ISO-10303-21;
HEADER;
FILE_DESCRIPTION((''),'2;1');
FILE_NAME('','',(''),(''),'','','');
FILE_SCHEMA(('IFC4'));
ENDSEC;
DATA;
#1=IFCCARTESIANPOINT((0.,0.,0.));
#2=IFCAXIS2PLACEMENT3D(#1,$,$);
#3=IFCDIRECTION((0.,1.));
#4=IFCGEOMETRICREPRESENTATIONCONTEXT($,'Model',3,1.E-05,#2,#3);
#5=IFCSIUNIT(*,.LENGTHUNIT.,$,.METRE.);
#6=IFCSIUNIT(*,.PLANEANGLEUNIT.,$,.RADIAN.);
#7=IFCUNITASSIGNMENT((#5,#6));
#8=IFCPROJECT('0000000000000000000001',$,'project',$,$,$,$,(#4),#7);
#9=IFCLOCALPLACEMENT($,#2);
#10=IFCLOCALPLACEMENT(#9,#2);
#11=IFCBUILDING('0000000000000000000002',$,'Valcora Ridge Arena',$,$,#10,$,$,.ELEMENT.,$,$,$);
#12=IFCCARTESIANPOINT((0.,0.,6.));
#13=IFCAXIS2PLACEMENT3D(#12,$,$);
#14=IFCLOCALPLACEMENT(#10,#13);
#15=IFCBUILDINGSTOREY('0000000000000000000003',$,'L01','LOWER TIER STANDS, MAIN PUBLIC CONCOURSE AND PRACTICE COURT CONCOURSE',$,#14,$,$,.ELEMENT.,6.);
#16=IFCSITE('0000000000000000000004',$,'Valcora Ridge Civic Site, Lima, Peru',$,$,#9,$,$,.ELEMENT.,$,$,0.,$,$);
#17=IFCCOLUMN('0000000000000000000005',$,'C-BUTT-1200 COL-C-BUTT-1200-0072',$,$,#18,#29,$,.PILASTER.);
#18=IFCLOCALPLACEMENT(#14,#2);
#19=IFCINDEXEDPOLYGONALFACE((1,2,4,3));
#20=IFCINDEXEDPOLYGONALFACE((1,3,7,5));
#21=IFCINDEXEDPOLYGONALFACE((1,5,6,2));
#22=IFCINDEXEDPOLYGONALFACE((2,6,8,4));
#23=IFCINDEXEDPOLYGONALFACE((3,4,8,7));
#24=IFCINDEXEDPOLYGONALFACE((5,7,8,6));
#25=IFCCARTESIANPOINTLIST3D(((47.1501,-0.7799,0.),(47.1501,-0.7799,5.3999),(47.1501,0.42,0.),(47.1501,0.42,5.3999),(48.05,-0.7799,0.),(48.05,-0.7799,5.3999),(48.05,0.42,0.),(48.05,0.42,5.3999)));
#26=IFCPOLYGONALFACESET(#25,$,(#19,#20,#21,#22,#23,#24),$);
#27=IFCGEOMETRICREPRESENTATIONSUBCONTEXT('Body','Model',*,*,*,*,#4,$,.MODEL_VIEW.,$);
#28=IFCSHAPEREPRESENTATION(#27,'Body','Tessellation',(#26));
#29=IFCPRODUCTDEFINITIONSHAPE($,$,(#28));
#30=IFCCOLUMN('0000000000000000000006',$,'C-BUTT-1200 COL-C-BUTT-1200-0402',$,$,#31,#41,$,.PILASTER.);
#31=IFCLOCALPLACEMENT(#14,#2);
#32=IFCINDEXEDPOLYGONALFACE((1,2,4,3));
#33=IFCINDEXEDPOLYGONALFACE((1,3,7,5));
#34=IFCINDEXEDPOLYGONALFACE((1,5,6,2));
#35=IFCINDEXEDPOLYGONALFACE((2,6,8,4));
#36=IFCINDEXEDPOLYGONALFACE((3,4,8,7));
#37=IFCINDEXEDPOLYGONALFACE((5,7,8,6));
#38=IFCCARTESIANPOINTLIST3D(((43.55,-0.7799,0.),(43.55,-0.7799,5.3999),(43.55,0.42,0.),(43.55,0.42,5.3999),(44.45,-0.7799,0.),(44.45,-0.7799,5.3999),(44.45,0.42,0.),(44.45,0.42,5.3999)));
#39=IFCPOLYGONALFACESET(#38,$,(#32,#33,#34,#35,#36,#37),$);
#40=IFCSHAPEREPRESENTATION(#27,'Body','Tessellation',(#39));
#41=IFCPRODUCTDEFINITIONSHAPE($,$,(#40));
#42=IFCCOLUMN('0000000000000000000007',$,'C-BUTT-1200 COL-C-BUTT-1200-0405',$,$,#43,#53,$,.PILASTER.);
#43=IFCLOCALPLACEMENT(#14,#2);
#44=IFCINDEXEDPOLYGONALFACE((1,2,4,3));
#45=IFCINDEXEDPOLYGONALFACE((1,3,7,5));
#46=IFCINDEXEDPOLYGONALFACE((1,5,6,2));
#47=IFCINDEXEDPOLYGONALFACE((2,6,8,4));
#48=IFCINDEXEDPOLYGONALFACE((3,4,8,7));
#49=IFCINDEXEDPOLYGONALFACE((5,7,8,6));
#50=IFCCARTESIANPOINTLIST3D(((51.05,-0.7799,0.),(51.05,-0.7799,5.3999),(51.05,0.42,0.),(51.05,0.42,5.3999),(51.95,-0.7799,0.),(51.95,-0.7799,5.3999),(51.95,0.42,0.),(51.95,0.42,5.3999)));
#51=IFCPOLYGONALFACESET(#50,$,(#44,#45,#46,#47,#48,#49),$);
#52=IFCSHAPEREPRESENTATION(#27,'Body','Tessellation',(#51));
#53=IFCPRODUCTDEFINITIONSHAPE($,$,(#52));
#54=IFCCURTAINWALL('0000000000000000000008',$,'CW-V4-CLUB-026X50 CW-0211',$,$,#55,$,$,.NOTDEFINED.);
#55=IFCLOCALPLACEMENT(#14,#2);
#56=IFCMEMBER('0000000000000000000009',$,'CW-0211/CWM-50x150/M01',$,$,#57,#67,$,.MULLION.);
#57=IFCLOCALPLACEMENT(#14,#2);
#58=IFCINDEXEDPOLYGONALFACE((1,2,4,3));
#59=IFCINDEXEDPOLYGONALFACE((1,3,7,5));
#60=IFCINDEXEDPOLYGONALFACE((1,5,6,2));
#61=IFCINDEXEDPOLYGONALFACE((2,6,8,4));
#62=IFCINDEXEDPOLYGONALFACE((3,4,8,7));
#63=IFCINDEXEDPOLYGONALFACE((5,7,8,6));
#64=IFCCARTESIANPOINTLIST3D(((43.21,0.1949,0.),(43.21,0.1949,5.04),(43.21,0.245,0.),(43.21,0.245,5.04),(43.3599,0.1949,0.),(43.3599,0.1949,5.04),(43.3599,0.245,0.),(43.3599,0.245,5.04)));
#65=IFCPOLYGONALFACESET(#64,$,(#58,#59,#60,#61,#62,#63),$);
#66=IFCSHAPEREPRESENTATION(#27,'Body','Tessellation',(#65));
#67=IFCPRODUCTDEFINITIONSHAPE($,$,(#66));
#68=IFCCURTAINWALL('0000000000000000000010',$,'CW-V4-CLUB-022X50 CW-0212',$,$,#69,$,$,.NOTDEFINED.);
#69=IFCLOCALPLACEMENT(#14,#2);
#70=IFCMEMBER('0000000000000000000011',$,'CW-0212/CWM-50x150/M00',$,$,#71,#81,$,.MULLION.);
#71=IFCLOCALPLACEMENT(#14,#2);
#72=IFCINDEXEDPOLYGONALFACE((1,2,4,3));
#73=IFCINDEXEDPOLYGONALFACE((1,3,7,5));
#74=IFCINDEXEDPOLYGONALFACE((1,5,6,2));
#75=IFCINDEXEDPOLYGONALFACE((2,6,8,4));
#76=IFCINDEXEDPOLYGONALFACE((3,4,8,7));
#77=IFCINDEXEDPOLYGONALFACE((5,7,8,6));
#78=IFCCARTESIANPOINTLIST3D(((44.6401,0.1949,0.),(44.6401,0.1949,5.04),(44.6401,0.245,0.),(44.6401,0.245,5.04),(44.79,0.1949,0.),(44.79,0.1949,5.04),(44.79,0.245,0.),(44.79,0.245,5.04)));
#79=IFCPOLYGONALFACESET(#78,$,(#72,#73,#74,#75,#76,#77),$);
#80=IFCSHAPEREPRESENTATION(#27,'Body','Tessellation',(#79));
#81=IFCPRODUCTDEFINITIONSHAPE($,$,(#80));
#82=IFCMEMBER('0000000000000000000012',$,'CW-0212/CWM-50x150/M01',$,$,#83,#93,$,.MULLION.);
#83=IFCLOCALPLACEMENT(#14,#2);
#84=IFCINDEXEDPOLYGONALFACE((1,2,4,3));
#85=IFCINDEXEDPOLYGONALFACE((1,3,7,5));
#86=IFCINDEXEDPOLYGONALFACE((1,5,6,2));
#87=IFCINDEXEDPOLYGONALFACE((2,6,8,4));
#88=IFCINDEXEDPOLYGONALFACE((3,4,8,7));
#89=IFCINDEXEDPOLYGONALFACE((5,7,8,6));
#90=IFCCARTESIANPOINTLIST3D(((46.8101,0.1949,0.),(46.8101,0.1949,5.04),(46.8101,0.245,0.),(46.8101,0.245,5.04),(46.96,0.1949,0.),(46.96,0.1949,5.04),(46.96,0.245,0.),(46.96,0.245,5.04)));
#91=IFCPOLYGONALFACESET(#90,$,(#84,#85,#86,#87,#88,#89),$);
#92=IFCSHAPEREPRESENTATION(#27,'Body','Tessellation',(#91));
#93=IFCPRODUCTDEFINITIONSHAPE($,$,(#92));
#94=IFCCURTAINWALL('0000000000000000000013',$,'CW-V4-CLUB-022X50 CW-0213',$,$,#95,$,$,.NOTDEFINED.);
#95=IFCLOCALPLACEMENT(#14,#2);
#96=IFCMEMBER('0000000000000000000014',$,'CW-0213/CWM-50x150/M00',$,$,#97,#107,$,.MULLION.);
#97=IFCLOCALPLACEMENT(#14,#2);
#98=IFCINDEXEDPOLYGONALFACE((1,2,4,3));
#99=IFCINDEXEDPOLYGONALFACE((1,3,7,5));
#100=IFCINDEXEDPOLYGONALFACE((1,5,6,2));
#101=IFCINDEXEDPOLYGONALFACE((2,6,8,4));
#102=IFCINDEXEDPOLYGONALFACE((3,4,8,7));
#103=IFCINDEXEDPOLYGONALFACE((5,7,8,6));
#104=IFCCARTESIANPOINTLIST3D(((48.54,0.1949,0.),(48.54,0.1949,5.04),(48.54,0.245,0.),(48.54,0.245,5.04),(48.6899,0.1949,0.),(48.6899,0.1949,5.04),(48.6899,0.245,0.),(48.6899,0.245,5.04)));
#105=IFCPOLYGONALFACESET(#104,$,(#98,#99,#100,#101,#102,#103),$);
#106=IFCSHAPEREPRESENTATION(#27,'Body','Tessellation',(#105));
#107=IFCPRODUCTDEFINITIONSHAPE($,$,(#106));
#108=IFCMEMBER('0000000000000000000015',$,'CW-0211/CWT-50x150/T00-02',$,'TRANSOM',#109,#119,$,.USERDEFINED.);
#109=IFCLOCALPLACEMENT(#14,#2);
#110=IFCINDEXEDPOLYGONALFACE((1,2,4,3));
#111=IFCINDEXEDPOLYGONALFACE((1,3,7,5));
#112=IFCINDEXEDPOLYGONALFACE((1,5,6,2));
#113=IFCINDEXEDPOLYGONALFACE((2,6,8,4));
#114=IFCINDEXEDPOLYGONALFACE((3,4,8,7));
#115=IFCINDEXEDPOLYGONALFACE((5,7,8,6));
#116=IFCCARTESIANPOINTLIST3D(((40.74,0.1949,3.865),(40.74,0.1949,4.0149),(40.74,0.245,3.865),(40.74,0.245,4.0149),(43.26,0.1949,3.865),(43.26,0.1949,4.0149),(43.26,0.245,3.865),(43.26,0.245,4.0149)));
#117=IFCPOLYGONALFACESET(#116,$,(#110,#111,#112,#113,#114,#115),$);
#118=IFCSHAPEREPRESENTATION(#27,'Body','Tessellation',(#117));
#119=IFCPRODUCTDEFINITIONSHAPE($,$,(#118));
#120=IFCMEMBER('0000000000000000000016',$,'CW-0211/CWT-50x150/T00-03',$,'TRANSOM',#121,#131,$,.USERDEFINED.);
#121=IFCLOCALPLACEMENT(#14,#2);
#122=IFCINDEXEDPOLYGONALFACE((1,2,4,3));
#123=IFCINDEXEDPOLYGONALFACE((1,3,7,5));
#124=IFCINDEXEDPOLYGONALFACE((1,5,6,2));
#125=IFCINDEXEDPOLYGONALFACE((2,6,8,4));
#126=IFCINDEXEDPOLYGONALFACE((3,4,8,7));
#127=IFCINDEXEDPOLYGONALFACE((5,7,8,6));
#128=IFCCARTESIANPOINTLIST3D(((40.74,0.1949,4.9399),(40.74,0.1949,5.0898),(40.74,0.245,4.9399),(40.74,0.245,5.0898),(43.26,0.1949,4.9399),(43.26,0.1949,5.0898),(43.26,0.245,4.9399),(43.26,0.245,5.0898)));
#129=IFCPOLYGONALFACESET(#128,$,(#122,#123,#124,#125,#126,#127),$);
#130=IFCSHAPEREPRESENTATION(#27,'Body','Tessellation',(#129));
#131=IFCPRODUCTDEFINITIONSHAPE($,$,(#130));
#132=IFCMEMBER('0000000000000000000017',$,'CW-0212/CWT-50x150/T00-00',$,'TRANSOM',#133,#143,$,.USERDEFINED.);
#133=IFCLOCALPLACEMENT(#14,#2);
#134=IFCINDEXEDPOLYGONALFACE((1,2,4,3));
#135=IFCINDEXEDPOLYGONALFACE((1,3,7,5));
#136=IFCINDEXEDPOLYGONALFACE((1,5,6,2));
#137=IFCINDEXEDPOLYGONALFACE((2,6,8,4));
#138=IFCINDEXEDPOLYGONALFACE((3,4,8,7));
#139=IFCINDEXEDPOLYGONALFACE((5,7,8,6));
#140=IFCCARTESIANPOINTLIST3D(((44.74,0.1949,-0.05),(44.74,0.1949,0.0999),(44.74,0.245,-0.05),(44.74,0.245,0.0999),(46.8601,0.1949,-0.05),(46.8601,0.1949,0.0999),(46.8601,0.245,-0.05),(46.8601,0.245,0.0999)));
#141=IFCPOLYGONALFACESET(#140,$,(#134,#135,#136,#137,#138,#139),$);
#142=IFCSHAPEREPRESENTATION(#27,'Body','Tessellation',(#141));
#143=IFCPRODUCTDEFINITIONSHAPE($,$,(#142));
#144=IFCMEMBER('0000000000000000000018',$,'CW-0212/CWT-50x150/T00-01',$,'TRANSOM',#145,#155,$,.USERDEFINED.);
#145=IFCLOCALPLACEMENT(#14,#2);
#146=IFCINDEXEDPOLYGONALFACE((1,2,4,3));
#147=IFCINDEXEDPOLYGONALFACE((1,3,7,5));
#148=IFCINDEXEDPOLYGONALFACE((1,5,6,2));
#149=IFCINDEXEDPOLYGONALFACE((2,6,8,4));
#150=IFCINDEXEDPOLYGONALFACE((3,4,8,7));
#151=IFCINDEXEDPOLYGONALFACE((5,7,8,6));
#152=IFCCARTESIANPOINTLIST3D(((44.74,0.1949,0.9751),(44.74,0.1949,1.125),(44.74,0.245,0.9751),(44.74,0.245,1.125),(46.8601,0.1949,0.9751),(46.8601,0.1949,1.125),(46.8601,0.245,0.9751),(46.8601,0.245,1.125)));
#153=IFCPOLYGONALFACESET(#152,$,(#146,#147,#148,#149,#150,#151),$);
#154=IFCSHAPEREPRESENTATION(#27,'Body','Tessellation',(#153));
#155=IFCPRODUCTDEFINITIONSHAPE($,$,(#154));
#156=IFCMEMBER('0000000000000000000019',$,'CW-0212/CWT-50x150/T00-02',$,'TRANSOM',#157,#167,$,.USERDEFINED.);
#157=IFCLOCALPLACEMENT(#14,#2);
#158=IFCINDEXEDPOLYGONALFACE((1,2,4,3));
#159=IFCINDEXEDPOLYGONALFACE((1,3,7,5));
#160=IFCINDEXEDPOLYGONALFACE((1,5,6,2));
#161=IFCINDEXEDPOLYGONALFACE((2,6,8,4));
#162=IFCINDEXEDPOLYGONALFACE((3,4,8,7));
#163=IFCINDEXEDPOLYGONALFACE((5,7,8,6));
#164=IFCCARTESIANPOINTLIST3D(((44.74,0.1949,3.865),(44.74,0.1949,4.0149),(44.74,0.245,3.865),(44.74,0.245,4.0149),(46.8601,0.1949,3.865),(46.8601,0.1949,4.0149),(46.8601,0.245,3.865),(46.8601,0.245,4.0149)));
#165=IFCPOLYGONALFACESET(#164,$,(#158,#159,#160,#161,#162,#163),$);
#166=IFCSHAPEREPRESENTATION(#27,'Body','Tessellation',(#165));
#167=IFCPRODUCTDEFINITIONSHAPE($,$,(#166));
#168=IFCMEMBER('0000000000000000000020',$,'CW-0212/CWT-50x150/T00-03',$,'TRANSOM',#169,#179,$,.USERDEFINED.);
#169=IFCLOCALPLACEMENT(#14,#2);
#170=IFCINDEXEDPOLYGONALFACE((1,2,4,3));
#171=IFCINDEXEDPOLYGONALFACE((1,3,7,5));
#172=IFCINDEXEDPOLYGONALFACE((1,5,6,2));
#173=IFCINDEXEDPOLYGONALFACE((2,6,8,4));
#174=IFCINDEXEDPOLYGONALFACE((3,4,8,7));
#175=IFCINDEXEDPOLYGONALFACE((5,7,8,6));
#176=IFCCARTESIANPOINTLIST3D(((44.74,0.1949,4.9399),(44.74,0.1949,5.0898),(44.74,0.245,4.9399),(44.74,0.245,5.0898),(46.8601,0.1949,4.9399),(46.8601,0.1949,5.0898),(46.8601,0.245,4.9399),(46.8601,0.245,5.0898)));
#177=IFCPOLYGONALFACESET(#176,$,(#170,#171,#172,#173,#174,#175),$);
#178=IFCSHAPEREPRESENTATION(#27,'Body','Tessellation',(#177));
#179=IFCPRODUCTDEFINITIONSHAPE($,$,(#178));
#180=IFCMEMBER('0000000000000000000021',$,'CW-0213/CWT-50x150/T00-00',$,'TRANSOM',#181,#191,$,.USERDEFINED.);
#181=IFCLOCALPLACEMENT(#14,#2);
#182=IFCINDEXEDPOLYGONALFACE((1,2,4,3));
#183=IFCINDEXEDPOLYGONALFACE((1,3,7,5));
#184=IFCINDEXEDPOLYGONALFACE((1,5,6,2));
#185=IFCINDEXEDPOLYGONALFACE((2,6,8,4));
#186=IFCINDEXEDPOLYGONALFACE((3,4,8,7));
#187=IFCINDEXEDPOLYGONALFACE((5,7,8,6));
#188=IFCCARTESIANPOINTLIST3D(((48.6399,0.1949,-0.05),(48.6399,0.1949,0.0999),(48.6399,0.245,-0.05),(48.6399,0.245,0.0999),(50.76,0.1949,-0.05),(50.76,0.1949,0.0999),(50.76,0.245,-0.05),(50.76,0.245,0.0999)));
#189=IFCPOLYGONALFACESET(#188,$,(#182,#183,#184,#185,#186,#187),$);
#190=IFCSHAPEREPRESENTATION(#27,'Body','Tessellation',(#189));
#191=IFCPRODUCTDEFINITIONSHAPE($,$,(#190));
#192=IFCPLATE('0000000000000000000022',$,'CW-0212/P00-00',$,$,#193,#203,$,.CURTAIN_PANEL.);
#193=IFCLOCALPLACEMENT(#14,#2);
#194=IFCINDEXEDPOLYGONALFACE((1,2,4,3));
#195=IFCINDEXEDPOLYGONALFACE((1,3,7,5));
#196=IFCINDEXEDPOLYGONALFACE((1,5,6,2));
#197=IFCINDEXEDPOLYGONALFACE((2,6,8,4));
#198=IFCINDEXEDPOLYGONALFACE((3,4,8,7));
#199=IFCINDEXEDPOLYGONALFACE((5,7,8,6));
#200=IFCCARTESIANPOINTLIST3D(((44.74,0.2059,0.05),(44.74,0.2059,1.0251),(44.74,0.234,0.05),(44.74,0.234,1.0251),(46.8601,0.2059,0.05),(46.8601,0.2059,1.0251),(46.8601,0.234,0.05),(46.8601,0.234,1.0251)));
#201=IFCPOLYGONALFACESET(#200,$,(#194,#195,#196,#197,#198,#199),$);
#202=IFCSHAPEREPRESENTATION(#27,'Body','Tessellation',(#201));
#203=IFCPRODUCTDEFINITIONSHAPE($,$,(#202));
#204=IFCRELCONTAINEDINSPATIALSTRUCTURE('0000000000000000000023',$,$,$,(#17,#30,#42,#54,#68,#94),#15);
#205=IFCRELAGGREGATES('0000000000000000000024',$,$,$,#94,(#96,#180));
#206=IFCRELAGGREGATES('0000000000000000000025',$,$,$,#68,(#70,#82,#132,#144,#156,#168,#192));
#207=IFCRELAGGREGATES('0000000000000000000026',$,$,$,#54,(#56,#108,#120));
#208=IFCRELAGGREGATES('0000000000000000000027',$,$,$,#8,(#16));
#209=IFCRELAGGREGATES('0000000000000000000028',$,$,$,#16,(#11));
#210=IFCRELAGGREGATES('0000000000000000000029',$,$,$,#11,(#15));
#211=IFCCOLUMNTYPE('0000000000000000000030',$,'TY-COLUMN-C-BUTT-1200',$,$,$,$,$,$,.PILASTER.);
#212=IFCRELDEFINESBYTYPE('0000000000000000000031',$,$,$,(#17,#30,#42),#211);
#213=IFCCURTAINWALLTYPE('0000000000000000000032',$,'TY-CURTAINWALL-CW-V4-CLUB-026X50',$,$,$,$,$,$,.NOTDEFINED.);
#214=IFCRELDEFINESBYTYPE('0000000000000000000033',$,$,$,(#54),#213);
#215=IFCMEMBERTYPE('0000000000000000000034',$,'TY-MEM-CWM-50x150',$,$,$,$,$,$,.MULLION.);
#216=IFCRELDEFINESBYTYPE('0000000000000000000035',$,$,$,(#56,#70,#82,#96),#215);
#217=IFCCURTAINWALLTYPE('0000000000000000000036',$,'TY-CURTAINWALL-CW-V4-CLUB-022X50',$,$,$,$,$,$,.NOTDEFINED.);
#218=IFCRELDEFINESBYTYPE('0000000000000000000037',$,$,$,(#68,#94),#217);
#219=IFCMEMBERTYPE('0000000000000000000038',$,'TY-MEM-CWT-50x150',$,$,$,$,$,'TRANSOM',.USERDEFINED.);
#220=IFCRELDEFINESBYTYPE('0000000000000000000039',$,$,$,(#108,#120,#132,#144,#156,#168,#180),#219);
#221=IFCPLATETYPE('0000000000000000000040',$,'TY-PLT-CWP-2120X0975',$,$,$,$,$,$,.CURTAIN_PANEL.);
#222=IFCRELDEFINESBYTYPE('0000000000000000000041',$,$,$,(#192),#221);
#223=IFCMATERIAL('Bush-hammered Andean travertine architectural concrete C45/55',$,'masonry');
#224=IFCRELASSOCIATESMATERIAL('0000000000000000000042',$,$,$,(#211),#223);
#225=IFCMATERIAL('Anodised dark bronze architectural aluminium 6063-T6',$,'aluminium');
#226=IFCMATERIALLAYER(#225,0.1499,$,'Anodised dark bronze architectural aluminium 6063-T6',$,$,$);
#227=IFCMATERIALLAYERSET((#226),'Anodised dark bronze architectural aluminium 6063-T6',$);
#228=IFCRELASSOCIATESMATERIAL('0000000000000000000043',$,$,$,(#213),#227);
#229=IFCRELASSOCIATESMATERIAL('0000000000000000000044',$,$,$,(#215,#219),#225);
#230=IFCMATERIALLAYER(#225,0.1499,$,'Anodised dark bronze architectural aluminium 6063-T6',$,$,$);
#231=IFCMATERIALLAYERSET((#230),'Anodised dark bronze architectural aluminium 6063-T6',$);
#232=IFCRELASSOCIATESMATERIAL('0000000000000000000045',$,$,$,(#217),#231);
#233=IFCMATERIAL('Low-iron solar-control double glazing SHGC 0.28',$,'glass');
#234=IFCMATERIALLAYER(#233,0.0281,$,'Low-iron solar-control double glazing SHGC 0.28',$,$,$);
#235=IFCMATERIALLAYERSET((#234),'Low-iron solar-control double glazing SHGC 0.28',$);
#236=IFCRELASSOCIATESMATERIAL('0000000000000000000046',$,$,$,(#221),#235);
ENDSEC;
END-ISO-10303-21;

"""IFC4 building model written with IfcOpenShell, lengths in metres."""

from ifc_helpers import new_model, si_unit, direction, frame, origin, origin_2d, place, context, subcontext, project, spatial, rectangle, extrude, material, layer, layer_set, material_profile, profile_set, type_object, element, aggregate, save


model = new_model("IFC4")

# Units and contexts
model_context = context("Model", 3, precision=1e-05, world=origin(), true_north=direction((0.0, 1.0)))
body_context = subcontext(model_context, "Body", "Model", "MODEL_VIEW")
ifc_project = project(units=[si_unit("LENGTHUNIT", "METRE"), si_unit("PLANEANGLEUNIT", "RADIAN")], contexts=[model_context])

# Site, building, storey
site_placement = place(None, origin())
site = spatial("IfcSite", under=ifc_project, at=site_placement, Name="Valcora Ridge Civic Site, Lima, Peru", CompositionType="ELEMENT", RefElevation=0.0)
building_placement = place(site_placement, origin())
building = spatial("IfcBuilding", under=site, at=building_placement, Name="Valcora Ridge Arena", CompositionType="ELEMENT")
storey_placement = place(building_placement, frame((0.0, 0.0, 6.0)))
storey = spatial("IfcBuildingStorey", under=building, at=storey_placement, Name="L01", Description="LOWER TIER STANDS, MAIN PUBLIC CONCOURSE AND PRACTICE COURT CONCOURSE", CompositionType="ELEMENT", Elevation=6.0)

# Columns
ifc_material_1 = material(Name="Bush-hammered Andean travertine architectural concrete C45/55", Category="masonry")
ifc_material_profile_1 = material_profile(ifc_material_1, rectangle(XDim=0.8999, YDim=1.2, at=origin_2d()), Name="RC 900x1200")
ifc_profile_set_1 = profile_set([ifc_material_profile_1], Name="Bush-hammered Andean travertine architectural concrete C45/55")
column_type = type_object("IfcColumnType", Name="TY-COLUMN-C-BUTT-1200", PredefinedType="PILASTER", material=ifc_profile_set_1)
for number, where, z_axis, x_axis, name in (
    (1, (47.6001, -0.1799, 0.0), (0.0, 0.0, 1.0), (1.0, 0.0, 0.0), "C-BUTT-1200 COL-C-BUTT-1200-0072"),
    (2, (44.0, -0.1799, 0.0), (0.0, 0.0, 1.0), (1.0, 0.0, 0.0), "C-BUTT-1200 COL-C-BUTT-1200-0402"),
    (3, (51.5, -0.1799, 0.0), (0.0, 0.0, 1.0), (1.0, 0.0, 0.0), "C-BUTT-1200 COL-C-BUTT-1200-0405"),
):
    element("IfcColumn", number, at=place(storey_placement, frame(where, z_axis=z_axis, x_axis=x_axis)), inside=storey, type_object=column_type, Name=name, PredefinedType="PILASTER", context=body_context, shape_type="SweptSolid", body=[
        extrude(rectangle(XDim=0.8999, YDim=1.2, at=origin_2d()), origin(), (0.0, 0.0, 1.0), 5.3999),
    ])

# Curtain wall, member
ifc_material_2 = material(Name="Anodised dark bronze architectural aluminium 6063-T6", Category="aluminium")
ifc_layer_1 = layer(ifc_material_2, 0.1499, Name="Anodised dark bronze architectural aluminium 6063-T6")
ifc_layer_set_1 = layer_set([ifc_layer_1], Name="Anodised dark bronze architectural aluminium 6063-T6")
curtain_wall_type_1 = type_object("IfcCurtainWallType", Name="TY-CURTAINWALL-CW-V4-CLUB-026X50", PredefinedType="NOTDEFINED", material=ifc_layer_set_1)
curtain_wall_1_placement = place(storey_placement, origin())
curtain_wall_1 = element("IfcCurtainWall", 4, at=curtain_wall_1_placement, inside=storey, type_object=curtain_wall_type_1, Name="CW-V4-CLUB-026X50 CW-0211", PredefinedType="NOTDEFINED")
ifc_material_profile_2 = material_profile(ifc_material_2, rectangle(XDim=0.05, YDim=0.1499, at=origin_2d()), Name="ALU MULLION 50x150")
ifc_profile_set_2 = profile_set([ifc_material_profile_2], Name="Anodised dark bronze architectural aluminium 6063-T6")
member_type_1 = type_object("IfcMemberType", Name="TY-MEM-CWM-50x150", PredefinedType="MULLION", material=ifc_profile_set_2)
member_1_placement = place(storey_placement, frame((43.2849, 0.22, 0.0), z_axis=(0.0, 0.0, 1.0), x_axis=(0.0, 1.0, 0.0)))
member_1 = element("IfcMember", 5, at=member_1_placement, type_object=member_type_1, Name="CW-0211/CWM-50x150/M01", PredefinedType="MULLION", context=body_context, shape_type="SweptSolid", body=[
    extrude(rectangle(XDim=0.05, YDim=0.1499, at=origin_2d()), origin(), (0.0, 0.0, 1.0), 5.04),
])

# Curtain wall, members
ifc_layer_2 = layer(ifc_material_2, 0.1499, Name="Anodised dark bronze architectural aluminium 6063-T6")
ifc_layer_set_2 = layer_set([ifc_layer_2], Name="Anodised dark bronze architectural aluminium 6063-T6")
curtain_wall_type_2 = type_object("IfcCurtainWallType", Name="TY-CURTAINWALL-CW-V4-CLUB-022X50", PredefinedType="NOTDEFINED", material=ifc_layer_set_2)
curtain_wall_2_placement = place(storey_placement, origin())
curtain_wall_2 = element("IfcCurtainWall", 6, at=curtain_wall_2_placement, inside=storey, type_object=curtain_wall_type_2, Name="CW-V4-CLUB-022X50 CW-0212", PredefinedType="NOTDEFINED")
member_2_placement = place(storey_placement, frame((44.7151, 0.22, 0.0), z_axis=(0.0, 0.0, 1.0), x_axis=(0.0, 1.0, 0.0)))
member_2 = element("IfcMember", 7, at=member_2_placement, type_object=member_type_1, Name="CW-0212/CWM-50x150/M00", PredefinedType="MULLION", context=body_context, shape_type="SweptSolid", body=[
    extrude(rectangle(XDim=0.05, YDim=0.1499, at=origin_2d()), origin(), (0.0, 0.0, 1.0), 5.04),
])
member_3_placement = place(storey_placement, frame((46.885, 0.22, 0.0), z_axis=(0.0, 0.0, 1.0), x_axis=(0.0, 1.0, 0.0)))
member_3 = element("IfcMember", 8, at=member_3_placement, type_object=member_type_1, Name="CW-0212/CWM-50x150/M01", PredefinedType="MULLION", context=body_context, shape_type="SweptSolid", body=[
    extrude(rectangle(XDim=0.05, YDim=0.1499, at=origin_2d()), origin(), (0.0, 0.0, 1.0), 5.04),
])

# Curtain wall, member
curtain_wall_3_placement = place(storey_placement, origin())
curtain_wall_3 = element("IfcCurtainWall", 9, at=curtain_wall_3_placement, inside=storey, type_object=curtain_wall_type_2, Name="CW-V4-CLUB-022X50 CW-0213", PredefinedType="NOTDEFINED")
member_4_placement = place(storey_placement, frame((48.615, 0.22, 0.0), z_axis=(0.0, 0.0, 1.0), x_axis=(0.0, 1.0, 0.0)))
member_4 = element("IfcMember", 10, at=member_4_placement, type_object=member_type_1, Name="CW-0213/CWM-50x150/M00", PredefinedType="MULLION", context=body_context, shape_type="SweptSolid", body=[
    extrude(rectangle(XDim=0.05, YDim=0.1499, at=origin_2d()), origin(), (0.0, 0.0, 1.0), 5.04),
])

# Members
ifc_material_profile_3 = material_profile(ifc_material_2, rectangle(XDim=0.05, YDim=0.1499, at=origin_2d()), Name="ALU TRANSOM 50x150")
ifc_profile_set_3 = profile_set([ifc_material_profile_3], Name="Anodised dark bronze architectural aluminium 6063-T6")
member_type_2 = type_object("IfcMemberType", Name="TY-MEM-CWT-50x150", ElementType="TRANSOM", PredefinedType="USERDEFINED", material=ifc_profile_set_3)
member_5_placement = place(storey_placement, frame((40.74, 0.22, 3.9399), z_axis=(1.0, 0.0, 0.0), x_axis=(0.0, 1.0, 0.0)))
member_5 = element("IfcMember", 11, at=member_5_placement, type_object=member_type_2, Name="CW-0211/CWT-50x150/T00-02", ObjectType="TRANSOM", PredefinedType="USERDEFINED", context=body_context, shape_type="SweptSolid", body=[
    extrude(rectangle(XDim=0.05, YDim=0.1499, at=origin_2d()), origin(), (0.0, 0.0, 1.0), 2.52),
])
member_6_placement = place(storey_placement, frame((40.74, 0.22, 5.0149), z_axis=(1.0, 0.0, 0.0), x_axis=(0.0, 1.0, 0.0)))
member_6 = element("IfcMember", 12, at=member_6_placement, type_object=member_type_2, Name="CW-0211/CWT-50x150/T00-03", ObjectType="TRANSOM", PredefinedType="USERDEFINED", context=body_context, shape_type="SweptSolid", body=[
    extrude(rectangle(XDim=0.05, YDim=0.1499, at=origin_2d()), origin(), (0.0, 0.0, 1.0), 2.52),
])
member_7_placement = place(storey_placement, frame((44.74, 0.22, 0.0249), z_axis=(1.0, 0.0, 0.0), x_axis=(0.0, 1.0, 0.0)))
member_7 = element("IfcMember", 13, at=member_7_placement, type_object=member_type_2, Name="CW-0212/CWT-50x150/T00-00", ObjectType="TRANSOM", PredefinedType="USERDEFINED", context=body_context, shape_type="SweptSolid", body=[
    extrude(rectangle(XDim=0.05, YDim=0.1499, at=origin_2d()), origin(), (0.0, 0.0, 1.0), 2.1201),
])
member_8_placement = place(storey_placement, frame((44.74, 0.22, 1.05), z_axis=(1.0, 0.0, 0.0), x_axis=(0.0, 1.0, 0.0)))
member_8 = element("IfcMember", 14, at=member_8_placement, type_object=member_type_2, Name="CW-0212/CWT-50x150/T00-01", ObjectType="TRANSOM", PredefinedType="USERDEFINED", context=body_context, shape_type="SweptSolid", body=[
    extrude(rectangle(XDim=0.05, YDim=0.1499, at=origin_2d()), origin(), (0.0, 0.0, 1.0), 2.1201),
])
member_9_placement = place(storey_placement, frame((44.74, 0.22, 3.9399), z_axis=(1.0, 0.0, 0.0), x_axis=(0.0, 1.0, 0.0)))
member_9 = element("IfcMember", 15, at=member_9_placement, type_object=member_type_2, Name="CW-0212/CWT-50x150/T00-02", ObjectType="TRANSOM", PredefinedType="USERDEFINED", context=body_context, shape_type="SweptSolid", body=[
    extrude(rectangle(XDim=0.05, YDim=0.1499, at=origin_2d()), origin(), (0.0, 0.0, 1.0), 2.1201),
])
member_10_placement = place(storey_placement, frame((44.74, 0.22, 5.0149), z_axis=(1.0, 0.0, 0.0), x_axis=(0.0, 1.0, 0.0)))
member_10 = element("IfcMember", 16, at=member_10_placement, type_object=member_type_2, Name="CW-0212/CWT-50x150/T00-03", ObjectType="TRANSOM", PredefinedType="USERDEFINED", context=body_context, shape_type="SweptSolid", body=[
    extrude(rectangle(XDim=0.05, YDim=0.1499, at=origin_2d()), origin(), (0.0, 0.0, 1.0), 2.1201),
])
member_11_placement = place(storey_placement, frame((48.6399, 0.22, 0.0249), z_axis=(1.0, 0.0, 0.0), x_axis=(0.0, 1.0, 0.0)))
member_11 = element("IfcMember", 17, at=member_11_placement, type_object=member_type_2, Name="CW-0213/CWT-50x150/T00-00", ObjectType="TRANSOM", PredefinedType="USERDEFINED", context=body_context, shape_type="SweptSolid", body=[
    extrude(rectangle(XDim=0.05, YDim=0.1499, at=origin_2d()), origin(), (0.0, 0.0, 1.0), 2.1201),
])
aggregate(curtain_wall_3, [member_4, member_11])

# Plate
ifc_material_3 = material(Name="Low-iron solar-control double glazing SHGC 0.28", Category="glass")
ifc_layer_3 = layer(ifc_material_3, 0.0281, Name="Low-iron solar-control double glazing SHGC 0.28")
ifc_layer_set_3 = layer_set([ifc_layer_3], Name="Low-iron solar-control double glazing SHGC 0.28")
plate_type_1 = type_object("IfcPlateType", Name="TY-PLT-CWP-2120X0975", PredefinedType="CURTAIN_PANEL", material=ifc_layer_set_3)
plate_1_placement = place(storey_placement, frame((45.8, 0.22, 0.05), z_axis=(0.0, 0.0, 1.0), x_axis=(1.0, 0.0, 0.0)))
plate_1 = element("IfcPlate", 18, at=plate_1_placement, type_object=plate_type_1, Name="CW-0212/P00-00", PredefinedType="CURTAIN_PANEL", context=body_context, shape_type="SweptSolid", body=[
    extrude(rectangle(XDim=2.1201, YDim=0.0281, at=origin_2d()), origin(), (0.0, 0.0, 1.0), 0.9751),
])
aggregate(curtain_wall_2, [member_2, member_3, member_7, member_8, member_9, member_10, plate_1])
aggregate(curtain_wall_1, [member_1, member_5, member_6])

save(model, "model.ifc")
